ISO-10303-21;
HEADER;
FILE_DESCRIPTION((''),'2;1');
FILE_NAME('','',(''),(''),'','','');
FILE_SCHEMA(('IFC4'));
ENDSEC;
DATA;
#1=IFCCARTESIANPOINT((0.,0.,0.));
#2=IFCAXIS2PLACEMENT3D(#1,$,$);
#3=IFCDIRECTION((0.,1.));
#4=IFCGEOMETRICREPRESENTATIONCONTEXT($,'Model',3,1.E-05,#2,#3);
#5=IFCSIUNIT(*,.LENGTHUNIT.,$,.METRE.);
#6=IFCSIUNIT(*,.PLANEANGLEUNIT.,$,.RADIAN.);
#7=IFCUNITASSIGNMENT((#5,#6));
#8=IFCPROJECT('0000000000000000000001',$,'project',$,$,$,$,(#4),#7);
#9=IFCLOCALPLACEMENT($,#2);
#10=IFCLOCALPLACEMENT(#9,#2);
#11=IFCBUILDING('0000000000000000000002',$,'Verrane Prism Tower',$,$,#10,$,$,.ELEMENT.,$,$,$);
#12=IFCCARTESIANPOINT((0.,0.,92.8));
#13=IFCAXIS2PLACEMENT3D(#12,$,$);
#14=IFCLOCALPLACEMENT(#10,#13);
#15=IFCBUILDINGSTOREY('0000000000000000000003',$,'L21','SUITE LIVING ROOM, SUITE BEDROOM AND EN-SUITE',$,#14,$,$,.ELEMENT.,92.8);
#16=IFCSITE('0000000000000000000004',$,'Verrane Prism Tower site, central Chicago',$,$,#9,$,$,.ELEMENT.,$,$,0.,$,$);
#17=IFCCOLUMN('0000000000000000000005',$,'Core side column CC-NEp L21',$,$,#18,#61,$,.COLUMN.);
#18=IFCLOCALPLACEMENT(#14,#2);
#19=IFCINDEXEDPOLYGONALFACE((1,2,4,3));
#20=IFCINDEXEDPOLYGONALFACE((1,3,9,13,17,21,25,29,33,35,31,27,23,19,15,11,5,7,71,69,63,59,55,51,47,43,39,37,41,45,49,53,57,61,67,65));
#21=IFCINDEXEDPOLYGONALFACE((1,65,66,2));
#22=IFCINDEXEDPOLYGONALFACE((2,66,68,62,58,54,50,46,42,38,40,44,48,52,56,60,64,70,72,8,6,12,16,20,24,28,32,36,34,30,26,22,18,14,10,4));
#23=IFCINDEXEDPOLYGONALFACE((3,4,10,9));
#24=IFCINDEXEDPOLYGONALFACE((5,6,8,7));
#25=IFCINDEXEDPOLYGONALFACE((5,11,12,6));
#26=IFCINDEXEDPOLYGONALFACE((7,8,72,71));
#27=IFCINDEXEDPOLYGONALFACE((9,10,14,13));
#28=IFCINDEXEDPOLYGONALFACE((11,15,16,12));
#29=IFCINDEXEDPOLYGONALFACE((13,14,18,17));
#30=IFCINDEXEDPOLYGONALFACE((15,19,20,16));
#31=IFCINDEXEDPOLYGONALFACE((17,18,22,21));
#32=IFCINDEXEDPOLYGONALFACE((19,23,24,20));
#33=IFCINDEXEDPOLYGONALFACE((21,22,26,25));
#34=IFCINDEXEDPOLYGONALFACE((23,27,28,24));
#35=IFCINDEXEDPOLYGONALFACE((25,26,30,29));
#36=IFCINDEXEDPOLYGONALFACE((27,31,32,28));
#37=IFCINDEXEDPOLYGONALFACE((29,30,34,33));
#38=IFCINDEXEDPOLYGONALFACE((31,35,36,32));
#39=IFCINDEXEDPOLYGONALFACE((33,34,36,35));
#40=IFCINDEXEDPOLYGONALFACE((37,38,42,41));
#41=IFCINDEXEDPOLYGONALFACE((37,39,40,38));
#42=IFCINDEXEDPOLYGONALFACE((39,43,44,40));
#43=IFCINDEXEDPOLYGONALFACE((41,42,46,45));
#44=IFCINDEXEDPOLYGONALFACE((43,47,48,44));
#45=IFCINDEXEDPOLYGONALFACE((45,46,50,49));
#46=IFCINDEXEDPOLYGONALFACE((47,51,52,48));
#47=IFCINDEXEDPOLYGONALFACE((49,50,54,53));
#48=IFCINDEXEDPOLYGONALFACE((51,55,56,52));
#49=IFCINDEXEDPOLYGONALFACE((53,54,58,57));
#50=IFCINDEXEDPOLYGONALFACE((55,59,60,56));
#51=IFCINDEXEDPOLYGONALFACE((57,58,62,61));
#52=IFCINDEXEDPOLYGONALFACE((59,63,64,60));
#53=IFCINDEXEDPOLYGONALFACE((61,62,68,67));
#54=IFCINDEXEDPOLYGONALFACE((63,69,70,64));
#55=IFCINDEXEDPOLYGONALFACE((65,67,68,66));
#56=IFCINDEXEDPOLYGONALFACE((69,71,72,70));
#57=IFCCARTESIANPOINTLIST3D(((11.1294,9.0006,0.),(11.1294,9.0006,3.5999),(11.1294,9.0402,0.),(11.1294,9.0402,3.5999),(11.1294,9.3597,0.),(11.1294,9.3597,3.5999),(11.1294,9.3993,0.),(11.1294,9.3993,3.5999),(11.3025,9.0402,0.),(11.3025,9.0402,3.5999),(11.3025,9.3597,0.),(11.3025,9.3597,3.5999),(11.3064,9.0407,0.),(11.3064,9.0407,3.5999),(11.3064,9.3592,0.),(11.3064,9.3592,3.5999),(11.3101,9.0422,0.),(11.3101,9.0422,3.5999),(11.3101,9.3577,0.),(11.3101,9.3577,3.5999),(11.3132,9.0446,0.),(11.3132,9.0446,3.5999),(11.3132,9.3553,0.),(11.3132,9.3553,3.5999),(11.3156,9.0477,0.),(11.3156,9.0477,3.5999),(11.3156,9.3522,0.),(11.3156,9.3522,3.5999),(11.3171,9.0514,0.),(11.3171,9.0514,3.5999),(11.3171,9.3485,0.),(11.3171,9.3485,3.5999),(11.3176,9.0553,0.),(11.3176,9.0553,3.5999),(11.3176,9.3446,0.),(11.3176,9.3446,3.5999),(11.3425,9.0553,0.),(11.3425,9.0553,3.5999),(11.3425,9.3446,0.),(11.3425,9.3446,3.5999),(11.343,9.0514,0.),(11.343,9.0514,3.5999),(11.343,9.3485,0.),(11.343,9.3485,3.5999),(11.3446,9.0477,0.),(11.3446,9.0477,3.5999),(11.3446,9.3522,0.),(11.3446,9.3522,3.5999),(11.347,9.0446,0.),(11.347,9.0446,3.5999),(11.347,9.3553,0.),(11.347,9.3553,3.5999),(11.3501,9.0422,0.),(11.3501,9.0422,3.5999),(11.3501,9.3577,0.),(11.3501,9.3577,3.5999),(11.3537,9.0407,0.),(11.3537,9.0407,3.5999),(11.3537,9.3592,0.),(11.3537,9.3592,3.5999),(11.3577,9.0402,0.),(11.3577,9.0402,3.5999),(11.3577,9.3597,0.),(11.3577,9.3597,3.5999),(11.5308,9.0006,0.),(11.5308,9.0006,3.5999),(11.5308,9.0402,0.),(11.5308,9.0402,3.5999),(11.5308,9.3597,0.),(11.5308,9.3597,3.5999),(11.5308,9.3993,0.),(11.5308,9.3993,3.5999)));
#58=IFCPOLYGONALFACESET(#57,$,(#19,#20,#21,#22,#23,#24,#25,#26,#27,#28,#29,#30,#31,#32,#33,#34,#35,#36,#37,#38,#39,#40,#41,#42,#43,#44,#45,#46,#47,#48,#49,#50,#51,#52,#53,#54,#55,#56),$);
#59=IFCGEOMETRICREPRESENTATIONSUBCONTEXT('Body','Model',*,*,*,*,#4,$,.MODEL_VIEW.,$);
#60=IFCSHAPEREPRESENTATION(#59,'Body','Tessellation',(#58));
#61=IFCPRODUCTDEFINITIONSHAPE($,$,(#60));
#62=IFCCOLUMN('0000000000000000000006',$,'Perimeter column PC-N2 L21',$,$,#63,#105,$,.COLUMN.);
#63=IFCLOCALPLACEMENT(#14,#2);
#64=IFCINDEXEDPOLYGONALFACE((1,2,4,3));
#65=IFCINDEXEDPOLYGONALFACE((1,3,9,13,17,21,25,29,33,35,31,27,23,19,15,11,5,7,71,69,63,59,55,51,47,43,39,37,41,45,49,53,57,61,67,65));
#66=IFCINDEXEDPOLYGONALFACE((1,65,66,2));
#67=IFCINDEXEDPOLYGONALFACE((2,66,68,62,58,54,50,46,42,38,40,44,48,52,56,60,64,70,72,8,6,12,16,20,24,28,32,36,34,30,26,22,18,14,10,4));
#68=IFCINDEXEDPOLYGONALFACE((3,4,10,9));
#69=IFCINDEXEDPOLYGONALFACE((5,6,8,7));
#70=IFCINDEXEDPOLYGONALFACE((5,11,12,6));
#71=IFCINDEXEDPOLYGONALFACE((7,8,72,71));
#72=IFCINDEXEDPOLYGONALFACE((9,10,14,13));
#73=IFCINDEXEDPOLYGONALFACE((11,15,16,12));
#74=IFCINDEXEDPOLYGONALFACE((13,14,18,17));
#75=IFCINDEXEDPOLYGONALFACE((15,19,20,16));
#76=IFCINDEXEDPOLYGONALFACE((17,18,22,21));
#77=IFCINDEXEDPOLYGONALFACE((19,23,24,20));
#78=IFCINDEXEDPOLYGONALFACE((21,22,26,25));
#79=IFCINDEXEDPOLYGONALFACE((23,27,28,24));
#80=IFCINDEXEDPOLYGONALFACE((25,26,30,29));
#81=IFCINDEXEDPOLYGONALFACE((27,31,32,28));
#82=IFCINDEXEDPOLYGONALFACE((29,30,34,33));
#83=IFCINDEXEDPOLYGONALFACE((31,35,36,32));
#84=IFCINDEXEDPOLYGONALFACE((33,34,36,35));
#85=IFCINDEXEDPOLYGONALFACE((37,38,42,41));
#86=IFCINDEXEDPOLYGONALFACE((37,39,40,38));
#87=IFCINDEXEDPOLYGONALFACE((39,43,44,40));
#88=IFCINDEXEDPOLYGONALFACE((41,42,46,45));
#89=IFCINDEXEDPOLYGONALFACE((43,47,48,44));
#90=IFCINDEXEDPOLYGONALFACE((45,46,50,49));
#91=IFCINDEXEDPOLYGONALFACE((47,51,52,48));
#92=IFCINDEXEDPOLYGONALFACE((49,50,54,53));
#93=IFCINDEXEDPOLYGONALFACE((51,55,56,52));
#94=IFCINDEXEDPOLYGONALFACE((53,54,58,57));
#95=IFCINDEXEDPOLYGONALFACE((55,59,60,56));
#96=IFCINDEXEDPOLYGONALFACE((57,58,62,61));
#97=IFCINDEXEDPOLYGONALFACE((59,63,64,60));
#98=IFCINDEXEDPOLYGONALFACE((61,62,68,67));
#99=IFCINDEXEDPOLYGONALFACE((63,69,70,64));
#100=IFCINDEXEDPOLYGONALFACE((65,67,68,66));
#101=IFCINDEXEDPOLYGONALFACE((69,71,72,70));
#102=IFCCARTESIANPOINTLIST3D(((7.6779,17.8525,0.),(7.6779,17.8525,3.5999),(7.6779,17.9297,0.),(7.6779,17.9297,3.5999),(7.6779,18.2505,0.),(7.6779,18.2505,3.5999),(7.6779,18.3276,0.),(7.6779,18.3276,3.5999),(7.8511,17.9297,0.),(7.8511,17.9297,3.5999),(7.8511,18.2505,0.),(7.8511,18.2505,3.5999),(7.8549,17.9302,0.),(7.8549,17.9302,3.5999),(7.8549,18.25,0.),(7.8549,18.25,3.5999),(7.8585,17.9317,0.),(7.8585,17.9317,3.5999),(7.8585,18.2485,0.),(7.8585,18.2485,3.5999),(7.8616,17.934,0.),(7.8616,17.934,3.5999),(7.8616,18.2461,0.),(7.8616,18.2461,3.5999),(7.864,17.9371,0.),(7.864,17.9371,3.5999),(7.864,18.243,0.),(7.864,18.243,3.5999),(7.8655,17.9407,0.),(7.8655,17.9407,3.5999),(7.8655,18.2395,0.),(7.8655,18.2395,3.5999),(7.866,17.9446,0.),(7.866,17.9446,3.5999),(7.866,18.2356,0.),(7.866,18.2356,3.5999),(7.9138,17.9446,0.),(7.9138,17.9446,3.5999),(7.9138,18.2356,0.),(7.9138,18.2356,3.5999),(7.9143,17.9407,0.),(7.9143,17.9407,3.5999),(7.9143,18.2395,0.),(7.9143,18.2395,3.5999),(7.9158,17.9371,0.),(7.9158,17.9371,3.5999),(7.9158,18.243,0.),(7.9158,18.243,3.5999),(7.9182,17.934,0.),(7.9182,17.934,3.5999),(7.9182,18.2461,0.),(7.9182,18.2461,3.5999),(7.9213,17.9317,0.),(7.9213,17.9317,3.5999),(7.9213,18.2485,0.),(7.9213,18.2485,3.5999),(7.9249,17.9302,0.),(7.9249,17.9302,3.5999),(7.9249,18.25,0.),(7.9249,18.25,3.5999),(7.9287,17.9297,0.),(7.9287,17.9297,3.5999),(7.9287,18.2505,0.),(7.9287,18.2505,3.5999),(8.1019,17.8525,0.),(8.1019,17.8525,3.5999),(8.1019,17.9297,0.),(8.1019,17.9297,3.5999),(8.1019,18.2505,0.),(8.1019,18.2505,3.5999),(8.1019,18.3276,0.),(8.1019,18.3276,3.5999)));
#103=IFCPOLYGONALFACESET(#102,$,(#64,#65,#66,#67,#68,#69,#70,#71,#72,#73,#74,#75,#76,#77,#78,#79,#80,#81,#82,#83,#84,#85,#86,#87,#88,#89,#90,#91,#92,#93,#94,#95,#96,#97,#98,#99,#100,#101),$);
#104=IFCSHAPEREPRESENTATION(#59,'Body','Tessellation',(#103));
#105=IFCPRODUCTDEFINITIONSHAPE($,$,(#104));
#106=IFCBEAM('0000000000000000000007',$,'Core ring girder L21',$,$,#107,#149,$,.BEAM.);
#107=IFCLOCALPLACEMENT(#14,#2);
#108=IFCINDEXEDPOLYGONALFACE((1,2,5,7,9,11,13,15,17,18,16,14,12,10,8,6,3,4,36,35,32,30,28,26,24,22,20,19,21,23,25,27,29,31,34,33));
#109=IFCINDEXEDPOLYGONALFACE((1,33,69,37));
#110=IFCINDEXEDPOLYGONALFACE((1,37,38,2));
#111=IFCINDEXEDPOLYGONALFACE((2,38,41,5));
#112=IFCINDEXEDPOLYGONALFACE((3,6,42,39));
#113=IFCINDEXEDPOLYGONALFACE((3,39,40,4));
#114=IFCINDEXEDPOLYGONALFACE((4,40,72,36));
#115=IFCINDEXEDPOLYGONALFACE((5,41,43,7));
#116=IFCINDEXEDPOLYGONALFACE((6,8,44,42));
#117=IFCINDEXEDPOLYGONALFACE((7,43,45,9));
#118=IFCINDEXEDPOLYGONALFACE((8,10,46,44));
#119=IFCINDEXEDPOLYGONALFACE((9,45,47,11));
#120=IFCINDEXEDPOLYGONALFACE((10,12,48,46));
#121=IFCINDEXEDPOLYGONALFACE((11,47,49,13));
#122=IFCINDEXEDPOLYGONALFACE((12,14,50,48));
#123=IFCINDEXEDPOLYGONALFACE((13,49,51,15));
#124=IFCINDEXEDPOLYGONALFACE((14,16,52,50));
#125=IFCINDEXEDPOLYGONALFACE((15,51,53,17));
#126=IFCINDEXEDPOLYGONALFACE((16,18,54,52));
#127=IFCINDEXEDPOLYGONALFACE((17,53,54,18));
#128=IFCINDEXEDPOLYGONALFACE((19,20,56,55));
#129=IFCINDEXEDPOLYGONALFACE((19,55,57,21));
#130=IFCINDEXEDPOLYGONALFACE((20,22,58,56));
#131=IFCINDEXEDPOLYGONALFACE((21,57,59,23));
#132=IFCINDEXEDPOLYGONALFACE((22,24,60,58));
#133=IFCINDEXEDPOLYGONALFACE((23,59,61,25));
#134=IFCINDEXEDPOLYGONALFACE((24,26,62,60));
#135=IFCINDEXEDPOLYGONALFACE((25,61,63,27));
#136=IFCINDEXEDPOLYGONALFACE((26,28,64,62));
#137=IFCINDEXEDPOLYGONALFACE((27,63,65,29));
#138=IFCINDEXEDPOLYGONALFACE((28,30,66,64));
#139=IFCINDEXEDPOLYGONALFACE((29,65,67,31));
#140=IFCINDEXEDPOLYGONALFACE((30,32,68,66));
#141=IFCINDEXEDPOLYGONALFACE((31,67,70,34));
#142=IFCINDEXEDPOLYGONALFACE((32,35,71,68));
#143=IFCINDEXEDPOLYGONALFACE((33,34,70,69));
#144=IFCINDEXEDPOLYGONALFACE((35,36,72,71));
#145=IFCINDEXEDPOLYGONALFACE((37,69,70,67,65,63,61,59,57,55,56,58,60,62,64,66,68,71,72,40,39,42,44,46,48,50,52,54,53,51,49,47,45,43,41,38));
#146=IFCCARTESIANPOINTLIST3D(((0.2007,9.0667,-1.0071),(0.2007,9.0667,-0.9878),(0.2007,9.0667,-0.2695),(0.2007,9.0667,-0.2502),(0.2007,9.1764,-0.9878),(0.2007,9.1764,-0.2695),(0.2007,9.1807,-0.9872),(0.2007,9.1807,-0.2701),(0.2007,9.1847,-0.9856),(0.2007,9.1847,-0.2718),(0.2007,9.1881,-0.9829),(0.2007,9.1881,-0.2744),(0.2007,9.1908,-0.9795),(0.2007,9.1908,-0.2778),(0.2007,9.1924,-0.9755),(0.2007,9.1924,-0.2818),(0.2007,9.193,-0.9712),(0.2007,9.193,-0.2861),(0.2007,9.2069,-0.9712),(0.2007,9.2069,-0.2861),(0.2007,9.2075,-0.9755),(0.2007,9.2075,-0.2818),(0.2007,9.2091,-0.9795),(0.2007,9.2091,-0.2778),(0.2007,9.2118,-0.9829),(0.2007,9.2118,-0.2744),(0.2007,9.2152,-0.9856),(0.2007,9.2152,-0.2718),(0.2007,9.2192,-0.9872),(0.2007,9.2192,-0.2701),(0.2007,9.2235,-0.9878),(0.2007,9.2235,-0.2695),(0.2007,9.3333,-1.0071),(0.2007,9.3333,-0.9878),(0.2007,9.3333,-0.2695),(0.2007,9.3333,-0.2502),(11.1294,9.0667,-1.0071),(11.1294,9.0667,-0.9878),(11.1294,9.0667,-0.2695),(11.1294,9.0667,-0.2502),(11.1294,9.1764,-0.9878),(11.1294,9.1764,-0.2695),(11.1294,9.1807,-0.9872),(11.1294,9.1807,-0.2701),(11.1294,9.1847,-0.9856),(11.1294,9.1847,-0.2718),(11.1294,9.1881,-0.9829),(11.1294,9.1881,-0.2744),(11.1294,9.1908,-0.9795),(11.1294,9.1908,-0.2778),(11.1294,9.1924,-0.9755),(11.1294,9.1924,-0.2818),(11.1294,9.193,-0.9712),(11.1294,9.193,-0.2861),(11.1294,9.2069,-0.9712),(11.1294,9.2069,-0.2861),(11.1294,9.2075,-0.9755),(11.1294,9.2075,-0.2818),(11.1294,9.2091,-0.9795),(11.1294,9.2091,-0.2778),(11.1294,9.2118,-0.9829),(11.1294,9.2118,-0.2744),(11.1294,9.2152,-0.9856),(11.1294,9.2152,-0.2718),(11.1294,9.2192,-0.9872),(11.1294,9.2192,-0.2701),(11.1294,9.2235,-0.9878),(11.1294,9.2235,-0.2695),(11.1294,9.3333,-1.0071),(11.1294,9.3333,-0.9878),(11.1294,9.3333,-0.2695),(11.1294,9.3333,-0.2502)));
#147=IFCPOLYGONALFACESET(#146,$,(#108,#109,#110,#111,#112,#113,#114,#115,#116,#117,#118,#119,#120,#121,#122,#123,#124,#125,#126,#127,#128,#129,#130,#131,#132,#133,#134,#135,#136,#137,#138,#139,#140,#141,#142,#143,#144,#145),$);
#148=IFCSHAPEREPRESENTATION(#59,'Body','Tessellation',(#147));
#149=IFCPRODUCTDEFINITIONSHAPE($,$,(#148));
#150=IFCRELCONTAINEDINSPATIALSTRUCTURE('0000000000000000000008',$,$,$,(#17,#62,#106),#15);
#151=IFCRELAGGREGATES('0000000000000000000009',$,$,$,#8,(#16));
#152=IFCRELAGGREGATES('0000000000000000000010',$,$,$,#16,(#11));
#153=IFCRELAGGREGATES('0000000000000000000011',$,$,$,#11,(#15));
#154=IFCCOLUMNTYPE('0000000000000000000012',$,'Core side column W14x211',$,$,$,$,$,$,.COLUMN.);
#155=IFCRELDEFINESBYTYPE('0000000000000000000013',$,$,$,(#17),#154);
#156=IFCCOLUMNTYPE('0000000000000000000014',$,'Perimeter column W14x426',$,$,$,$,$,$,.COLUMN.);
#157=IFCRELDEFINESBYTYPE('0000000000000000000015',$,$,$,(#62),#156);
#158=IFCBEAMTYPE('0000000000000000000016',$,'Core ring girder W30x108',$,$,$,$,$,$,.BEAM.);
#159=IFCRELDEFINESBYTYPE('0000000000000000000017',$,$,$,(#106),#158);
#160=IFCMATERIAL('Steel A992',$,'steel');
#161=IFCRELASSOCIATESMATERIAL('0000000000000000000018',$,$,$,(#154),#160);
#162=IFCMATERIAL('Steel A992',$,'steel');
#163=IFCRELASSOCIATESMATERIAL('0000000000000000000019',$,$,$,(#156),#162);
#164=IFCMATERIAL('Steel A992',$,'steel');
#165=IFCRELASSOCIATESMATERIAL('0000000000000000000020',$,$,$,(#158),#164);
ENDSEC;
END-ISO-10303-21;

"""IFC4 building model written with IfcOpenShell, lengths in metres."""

from ifc_helpers import new_model, si_unit, direction, frame, origin, origin_2d, place, context, subcontext, project, spatial, i_section, extrude, material, material_profile, profile_set, type_object, element, save


model = new_model("IFC4")

# Units and contexts
model_context = context("Model", 3, precision=1e-05, world=origin(), true_north=direction((0.0, 1.0)))
body_context = subcontext(model_context, "Body", "Model", "MODEL_VIEW")
ifc_project = project(units=[si_unit("LENGTHUNIT", "METRE"), si_unit("PLANEANGLEUNIT", "RADIAN")], contexts=[model_context])

# Site, building, storey
site_placement = place(None, origin())
site = spatial("IfcSite", under=ifc_project, at=site_placement, Name="Verrane Prism Tower site, central Chicago", CompositionType="ELEMENT", RefElevation=0.0)
building_placement = place(site_placement, origin())
building = spatial("IfcBuilding", under=site, at=building_placement, Name="Verrane Prism Tower", CompositionType="ELEMENT")
storey_placement = place(building_placement, frame((0.0, 0.0, 92.8)))
storey = spatial("IfcBuildingStorey", under=building, at=storey_placement, Name="L21", Description="SUITE LIVING ROOM, SUITE BEDROOM AND EN-SUITE", CompositionType="ELEMENT", Elevation=92.8)

# Columns
ifc_material_1 = material(Name="Steel A992", Category="steel")
ifc_material_profile_1 = material_profile(ifc_material_1, i_section(OverallWidth=0.4014, OverallDepth=0.3987, WebThickness=0.0249, FlangeThickness=0.0396, FilletRadius=0.0151, at=origin_2d()), Name="W14x211")
ifc_profile_set_1 = profile_set([ifc_material_profile_1], Name="Steel A992")
column_type_1 = type_object("IfcColumnType", Name="Core side column W14x211", PredefinedType="COLUMN", material=ifc_profile_set_1)
column_1_placement = place(storey_placement, frame((11.3301, 9.2, 0.0), z_axis=(0.0, 0.0, 1.0), x_axis=(1.0, 0.0, 0.0)))
element("IfcColumn", 1, at=column_1_placement, inside=storey, type_object=column_type_1, Name="Core side column CC-NEp L21", PredefinedType="COLUMN", context=body_context, shape_type="SweptSolid", body=[
    extrude(i_section(OverallWidth=0.4014, OverallDepth=0.3987, WebThickness=0.0249, FlangeThickness=0.0396, FilletRadius=0.0151, at=origin_2d()), origin(), (0.0, 0.0, 1.0), 3.5999),
])
ifc_material_2 = material(Name="Steel A992", Category="steel")
ifc_material_profile_2 = material_profile(ifc_material_2, i_section(OverallWidth=0.4241, OverallDepth=0.4751, WebThickness=0.0479, FlangeThickness=0.0771, FilletRadius=0.0149, at=origin_2d()), Name="W14x426")
ifc_profile_set_2 = profile_set([ifc_material_profile_2], Name="Steel A992")
column_type_2 = type_object("IfcColumnType", Name="Perimeter column W14x426", PredefinedType="COLUMN", material=ifc_profile_set_2)
column_2_placement = place(storey_placement, frame((7.8899, 18.0901, 0.0), z_axis=(0.0, 0.0, 1.0), x_axis=(1.0, 0.0, 0.0)))
element("IfcColumn", 2, at=column_2_placement, inside=storey, type_object=column_type_2, Name="Perimeter column PC-N2 L21", PredefinedType="COLUMN", context=body_context, shape_type="SweptSolid", body=[
    extrude(i_section(OverallWidth=0.4241, OverallDepth=0.4751, WebThickness=0.0479, FlangeThickness=0.0771, FilletRadius=0.0149, at=origin_2d()), origin(), (0.0, 0.0, 1.0), 3.5999),
])

# Beam
ifc_material_3 = material(Name="Steel A992", Category="steel")
ifc_material_profile_3 = material_profile(ifc_material_3, i_section(OverallWidth=0.2666, OverallDepth=0.7568, WebThickness=0.0139, FlangeThickness=0.0193, FilletRadius=0.0166, at=origin_2d()), Name="W30x108")
ifc_profile_set_3 = profile_set([ifc_material_profile_3], Name="Steel A992")
beam_type_1 = type_object("IfcBeamType", Name="Core ring girder W30x108", PredefinedType="BEAM", material=ifc_profile_set_3)
beam_1_placement = place(storey_placement, frame((11.1294, 9.2, -0.6287), z_axis=(-1.0, 0.0, 0.0), x_axis=(0.0, -1.0, 0.0)))
element("IfcBeam", 3, at=beam_1_placement, inside=storey, type_object=beam_type_1, Name="Core ring girder L21", PredefinedType="BEAM", context=body_context, shape_type="SweptSolid", body=[
    extrude(i_section(OverallWidth=0.2666, OverallDepth=0.7568, WebThickness=0.0139, FlangeThickness=0.0193, FilletRadius=0.0166, at=origin_2d()), origin(), (0.0, 0.0, 1.0), 10.9287),
])

save(model, "model.ifc")
